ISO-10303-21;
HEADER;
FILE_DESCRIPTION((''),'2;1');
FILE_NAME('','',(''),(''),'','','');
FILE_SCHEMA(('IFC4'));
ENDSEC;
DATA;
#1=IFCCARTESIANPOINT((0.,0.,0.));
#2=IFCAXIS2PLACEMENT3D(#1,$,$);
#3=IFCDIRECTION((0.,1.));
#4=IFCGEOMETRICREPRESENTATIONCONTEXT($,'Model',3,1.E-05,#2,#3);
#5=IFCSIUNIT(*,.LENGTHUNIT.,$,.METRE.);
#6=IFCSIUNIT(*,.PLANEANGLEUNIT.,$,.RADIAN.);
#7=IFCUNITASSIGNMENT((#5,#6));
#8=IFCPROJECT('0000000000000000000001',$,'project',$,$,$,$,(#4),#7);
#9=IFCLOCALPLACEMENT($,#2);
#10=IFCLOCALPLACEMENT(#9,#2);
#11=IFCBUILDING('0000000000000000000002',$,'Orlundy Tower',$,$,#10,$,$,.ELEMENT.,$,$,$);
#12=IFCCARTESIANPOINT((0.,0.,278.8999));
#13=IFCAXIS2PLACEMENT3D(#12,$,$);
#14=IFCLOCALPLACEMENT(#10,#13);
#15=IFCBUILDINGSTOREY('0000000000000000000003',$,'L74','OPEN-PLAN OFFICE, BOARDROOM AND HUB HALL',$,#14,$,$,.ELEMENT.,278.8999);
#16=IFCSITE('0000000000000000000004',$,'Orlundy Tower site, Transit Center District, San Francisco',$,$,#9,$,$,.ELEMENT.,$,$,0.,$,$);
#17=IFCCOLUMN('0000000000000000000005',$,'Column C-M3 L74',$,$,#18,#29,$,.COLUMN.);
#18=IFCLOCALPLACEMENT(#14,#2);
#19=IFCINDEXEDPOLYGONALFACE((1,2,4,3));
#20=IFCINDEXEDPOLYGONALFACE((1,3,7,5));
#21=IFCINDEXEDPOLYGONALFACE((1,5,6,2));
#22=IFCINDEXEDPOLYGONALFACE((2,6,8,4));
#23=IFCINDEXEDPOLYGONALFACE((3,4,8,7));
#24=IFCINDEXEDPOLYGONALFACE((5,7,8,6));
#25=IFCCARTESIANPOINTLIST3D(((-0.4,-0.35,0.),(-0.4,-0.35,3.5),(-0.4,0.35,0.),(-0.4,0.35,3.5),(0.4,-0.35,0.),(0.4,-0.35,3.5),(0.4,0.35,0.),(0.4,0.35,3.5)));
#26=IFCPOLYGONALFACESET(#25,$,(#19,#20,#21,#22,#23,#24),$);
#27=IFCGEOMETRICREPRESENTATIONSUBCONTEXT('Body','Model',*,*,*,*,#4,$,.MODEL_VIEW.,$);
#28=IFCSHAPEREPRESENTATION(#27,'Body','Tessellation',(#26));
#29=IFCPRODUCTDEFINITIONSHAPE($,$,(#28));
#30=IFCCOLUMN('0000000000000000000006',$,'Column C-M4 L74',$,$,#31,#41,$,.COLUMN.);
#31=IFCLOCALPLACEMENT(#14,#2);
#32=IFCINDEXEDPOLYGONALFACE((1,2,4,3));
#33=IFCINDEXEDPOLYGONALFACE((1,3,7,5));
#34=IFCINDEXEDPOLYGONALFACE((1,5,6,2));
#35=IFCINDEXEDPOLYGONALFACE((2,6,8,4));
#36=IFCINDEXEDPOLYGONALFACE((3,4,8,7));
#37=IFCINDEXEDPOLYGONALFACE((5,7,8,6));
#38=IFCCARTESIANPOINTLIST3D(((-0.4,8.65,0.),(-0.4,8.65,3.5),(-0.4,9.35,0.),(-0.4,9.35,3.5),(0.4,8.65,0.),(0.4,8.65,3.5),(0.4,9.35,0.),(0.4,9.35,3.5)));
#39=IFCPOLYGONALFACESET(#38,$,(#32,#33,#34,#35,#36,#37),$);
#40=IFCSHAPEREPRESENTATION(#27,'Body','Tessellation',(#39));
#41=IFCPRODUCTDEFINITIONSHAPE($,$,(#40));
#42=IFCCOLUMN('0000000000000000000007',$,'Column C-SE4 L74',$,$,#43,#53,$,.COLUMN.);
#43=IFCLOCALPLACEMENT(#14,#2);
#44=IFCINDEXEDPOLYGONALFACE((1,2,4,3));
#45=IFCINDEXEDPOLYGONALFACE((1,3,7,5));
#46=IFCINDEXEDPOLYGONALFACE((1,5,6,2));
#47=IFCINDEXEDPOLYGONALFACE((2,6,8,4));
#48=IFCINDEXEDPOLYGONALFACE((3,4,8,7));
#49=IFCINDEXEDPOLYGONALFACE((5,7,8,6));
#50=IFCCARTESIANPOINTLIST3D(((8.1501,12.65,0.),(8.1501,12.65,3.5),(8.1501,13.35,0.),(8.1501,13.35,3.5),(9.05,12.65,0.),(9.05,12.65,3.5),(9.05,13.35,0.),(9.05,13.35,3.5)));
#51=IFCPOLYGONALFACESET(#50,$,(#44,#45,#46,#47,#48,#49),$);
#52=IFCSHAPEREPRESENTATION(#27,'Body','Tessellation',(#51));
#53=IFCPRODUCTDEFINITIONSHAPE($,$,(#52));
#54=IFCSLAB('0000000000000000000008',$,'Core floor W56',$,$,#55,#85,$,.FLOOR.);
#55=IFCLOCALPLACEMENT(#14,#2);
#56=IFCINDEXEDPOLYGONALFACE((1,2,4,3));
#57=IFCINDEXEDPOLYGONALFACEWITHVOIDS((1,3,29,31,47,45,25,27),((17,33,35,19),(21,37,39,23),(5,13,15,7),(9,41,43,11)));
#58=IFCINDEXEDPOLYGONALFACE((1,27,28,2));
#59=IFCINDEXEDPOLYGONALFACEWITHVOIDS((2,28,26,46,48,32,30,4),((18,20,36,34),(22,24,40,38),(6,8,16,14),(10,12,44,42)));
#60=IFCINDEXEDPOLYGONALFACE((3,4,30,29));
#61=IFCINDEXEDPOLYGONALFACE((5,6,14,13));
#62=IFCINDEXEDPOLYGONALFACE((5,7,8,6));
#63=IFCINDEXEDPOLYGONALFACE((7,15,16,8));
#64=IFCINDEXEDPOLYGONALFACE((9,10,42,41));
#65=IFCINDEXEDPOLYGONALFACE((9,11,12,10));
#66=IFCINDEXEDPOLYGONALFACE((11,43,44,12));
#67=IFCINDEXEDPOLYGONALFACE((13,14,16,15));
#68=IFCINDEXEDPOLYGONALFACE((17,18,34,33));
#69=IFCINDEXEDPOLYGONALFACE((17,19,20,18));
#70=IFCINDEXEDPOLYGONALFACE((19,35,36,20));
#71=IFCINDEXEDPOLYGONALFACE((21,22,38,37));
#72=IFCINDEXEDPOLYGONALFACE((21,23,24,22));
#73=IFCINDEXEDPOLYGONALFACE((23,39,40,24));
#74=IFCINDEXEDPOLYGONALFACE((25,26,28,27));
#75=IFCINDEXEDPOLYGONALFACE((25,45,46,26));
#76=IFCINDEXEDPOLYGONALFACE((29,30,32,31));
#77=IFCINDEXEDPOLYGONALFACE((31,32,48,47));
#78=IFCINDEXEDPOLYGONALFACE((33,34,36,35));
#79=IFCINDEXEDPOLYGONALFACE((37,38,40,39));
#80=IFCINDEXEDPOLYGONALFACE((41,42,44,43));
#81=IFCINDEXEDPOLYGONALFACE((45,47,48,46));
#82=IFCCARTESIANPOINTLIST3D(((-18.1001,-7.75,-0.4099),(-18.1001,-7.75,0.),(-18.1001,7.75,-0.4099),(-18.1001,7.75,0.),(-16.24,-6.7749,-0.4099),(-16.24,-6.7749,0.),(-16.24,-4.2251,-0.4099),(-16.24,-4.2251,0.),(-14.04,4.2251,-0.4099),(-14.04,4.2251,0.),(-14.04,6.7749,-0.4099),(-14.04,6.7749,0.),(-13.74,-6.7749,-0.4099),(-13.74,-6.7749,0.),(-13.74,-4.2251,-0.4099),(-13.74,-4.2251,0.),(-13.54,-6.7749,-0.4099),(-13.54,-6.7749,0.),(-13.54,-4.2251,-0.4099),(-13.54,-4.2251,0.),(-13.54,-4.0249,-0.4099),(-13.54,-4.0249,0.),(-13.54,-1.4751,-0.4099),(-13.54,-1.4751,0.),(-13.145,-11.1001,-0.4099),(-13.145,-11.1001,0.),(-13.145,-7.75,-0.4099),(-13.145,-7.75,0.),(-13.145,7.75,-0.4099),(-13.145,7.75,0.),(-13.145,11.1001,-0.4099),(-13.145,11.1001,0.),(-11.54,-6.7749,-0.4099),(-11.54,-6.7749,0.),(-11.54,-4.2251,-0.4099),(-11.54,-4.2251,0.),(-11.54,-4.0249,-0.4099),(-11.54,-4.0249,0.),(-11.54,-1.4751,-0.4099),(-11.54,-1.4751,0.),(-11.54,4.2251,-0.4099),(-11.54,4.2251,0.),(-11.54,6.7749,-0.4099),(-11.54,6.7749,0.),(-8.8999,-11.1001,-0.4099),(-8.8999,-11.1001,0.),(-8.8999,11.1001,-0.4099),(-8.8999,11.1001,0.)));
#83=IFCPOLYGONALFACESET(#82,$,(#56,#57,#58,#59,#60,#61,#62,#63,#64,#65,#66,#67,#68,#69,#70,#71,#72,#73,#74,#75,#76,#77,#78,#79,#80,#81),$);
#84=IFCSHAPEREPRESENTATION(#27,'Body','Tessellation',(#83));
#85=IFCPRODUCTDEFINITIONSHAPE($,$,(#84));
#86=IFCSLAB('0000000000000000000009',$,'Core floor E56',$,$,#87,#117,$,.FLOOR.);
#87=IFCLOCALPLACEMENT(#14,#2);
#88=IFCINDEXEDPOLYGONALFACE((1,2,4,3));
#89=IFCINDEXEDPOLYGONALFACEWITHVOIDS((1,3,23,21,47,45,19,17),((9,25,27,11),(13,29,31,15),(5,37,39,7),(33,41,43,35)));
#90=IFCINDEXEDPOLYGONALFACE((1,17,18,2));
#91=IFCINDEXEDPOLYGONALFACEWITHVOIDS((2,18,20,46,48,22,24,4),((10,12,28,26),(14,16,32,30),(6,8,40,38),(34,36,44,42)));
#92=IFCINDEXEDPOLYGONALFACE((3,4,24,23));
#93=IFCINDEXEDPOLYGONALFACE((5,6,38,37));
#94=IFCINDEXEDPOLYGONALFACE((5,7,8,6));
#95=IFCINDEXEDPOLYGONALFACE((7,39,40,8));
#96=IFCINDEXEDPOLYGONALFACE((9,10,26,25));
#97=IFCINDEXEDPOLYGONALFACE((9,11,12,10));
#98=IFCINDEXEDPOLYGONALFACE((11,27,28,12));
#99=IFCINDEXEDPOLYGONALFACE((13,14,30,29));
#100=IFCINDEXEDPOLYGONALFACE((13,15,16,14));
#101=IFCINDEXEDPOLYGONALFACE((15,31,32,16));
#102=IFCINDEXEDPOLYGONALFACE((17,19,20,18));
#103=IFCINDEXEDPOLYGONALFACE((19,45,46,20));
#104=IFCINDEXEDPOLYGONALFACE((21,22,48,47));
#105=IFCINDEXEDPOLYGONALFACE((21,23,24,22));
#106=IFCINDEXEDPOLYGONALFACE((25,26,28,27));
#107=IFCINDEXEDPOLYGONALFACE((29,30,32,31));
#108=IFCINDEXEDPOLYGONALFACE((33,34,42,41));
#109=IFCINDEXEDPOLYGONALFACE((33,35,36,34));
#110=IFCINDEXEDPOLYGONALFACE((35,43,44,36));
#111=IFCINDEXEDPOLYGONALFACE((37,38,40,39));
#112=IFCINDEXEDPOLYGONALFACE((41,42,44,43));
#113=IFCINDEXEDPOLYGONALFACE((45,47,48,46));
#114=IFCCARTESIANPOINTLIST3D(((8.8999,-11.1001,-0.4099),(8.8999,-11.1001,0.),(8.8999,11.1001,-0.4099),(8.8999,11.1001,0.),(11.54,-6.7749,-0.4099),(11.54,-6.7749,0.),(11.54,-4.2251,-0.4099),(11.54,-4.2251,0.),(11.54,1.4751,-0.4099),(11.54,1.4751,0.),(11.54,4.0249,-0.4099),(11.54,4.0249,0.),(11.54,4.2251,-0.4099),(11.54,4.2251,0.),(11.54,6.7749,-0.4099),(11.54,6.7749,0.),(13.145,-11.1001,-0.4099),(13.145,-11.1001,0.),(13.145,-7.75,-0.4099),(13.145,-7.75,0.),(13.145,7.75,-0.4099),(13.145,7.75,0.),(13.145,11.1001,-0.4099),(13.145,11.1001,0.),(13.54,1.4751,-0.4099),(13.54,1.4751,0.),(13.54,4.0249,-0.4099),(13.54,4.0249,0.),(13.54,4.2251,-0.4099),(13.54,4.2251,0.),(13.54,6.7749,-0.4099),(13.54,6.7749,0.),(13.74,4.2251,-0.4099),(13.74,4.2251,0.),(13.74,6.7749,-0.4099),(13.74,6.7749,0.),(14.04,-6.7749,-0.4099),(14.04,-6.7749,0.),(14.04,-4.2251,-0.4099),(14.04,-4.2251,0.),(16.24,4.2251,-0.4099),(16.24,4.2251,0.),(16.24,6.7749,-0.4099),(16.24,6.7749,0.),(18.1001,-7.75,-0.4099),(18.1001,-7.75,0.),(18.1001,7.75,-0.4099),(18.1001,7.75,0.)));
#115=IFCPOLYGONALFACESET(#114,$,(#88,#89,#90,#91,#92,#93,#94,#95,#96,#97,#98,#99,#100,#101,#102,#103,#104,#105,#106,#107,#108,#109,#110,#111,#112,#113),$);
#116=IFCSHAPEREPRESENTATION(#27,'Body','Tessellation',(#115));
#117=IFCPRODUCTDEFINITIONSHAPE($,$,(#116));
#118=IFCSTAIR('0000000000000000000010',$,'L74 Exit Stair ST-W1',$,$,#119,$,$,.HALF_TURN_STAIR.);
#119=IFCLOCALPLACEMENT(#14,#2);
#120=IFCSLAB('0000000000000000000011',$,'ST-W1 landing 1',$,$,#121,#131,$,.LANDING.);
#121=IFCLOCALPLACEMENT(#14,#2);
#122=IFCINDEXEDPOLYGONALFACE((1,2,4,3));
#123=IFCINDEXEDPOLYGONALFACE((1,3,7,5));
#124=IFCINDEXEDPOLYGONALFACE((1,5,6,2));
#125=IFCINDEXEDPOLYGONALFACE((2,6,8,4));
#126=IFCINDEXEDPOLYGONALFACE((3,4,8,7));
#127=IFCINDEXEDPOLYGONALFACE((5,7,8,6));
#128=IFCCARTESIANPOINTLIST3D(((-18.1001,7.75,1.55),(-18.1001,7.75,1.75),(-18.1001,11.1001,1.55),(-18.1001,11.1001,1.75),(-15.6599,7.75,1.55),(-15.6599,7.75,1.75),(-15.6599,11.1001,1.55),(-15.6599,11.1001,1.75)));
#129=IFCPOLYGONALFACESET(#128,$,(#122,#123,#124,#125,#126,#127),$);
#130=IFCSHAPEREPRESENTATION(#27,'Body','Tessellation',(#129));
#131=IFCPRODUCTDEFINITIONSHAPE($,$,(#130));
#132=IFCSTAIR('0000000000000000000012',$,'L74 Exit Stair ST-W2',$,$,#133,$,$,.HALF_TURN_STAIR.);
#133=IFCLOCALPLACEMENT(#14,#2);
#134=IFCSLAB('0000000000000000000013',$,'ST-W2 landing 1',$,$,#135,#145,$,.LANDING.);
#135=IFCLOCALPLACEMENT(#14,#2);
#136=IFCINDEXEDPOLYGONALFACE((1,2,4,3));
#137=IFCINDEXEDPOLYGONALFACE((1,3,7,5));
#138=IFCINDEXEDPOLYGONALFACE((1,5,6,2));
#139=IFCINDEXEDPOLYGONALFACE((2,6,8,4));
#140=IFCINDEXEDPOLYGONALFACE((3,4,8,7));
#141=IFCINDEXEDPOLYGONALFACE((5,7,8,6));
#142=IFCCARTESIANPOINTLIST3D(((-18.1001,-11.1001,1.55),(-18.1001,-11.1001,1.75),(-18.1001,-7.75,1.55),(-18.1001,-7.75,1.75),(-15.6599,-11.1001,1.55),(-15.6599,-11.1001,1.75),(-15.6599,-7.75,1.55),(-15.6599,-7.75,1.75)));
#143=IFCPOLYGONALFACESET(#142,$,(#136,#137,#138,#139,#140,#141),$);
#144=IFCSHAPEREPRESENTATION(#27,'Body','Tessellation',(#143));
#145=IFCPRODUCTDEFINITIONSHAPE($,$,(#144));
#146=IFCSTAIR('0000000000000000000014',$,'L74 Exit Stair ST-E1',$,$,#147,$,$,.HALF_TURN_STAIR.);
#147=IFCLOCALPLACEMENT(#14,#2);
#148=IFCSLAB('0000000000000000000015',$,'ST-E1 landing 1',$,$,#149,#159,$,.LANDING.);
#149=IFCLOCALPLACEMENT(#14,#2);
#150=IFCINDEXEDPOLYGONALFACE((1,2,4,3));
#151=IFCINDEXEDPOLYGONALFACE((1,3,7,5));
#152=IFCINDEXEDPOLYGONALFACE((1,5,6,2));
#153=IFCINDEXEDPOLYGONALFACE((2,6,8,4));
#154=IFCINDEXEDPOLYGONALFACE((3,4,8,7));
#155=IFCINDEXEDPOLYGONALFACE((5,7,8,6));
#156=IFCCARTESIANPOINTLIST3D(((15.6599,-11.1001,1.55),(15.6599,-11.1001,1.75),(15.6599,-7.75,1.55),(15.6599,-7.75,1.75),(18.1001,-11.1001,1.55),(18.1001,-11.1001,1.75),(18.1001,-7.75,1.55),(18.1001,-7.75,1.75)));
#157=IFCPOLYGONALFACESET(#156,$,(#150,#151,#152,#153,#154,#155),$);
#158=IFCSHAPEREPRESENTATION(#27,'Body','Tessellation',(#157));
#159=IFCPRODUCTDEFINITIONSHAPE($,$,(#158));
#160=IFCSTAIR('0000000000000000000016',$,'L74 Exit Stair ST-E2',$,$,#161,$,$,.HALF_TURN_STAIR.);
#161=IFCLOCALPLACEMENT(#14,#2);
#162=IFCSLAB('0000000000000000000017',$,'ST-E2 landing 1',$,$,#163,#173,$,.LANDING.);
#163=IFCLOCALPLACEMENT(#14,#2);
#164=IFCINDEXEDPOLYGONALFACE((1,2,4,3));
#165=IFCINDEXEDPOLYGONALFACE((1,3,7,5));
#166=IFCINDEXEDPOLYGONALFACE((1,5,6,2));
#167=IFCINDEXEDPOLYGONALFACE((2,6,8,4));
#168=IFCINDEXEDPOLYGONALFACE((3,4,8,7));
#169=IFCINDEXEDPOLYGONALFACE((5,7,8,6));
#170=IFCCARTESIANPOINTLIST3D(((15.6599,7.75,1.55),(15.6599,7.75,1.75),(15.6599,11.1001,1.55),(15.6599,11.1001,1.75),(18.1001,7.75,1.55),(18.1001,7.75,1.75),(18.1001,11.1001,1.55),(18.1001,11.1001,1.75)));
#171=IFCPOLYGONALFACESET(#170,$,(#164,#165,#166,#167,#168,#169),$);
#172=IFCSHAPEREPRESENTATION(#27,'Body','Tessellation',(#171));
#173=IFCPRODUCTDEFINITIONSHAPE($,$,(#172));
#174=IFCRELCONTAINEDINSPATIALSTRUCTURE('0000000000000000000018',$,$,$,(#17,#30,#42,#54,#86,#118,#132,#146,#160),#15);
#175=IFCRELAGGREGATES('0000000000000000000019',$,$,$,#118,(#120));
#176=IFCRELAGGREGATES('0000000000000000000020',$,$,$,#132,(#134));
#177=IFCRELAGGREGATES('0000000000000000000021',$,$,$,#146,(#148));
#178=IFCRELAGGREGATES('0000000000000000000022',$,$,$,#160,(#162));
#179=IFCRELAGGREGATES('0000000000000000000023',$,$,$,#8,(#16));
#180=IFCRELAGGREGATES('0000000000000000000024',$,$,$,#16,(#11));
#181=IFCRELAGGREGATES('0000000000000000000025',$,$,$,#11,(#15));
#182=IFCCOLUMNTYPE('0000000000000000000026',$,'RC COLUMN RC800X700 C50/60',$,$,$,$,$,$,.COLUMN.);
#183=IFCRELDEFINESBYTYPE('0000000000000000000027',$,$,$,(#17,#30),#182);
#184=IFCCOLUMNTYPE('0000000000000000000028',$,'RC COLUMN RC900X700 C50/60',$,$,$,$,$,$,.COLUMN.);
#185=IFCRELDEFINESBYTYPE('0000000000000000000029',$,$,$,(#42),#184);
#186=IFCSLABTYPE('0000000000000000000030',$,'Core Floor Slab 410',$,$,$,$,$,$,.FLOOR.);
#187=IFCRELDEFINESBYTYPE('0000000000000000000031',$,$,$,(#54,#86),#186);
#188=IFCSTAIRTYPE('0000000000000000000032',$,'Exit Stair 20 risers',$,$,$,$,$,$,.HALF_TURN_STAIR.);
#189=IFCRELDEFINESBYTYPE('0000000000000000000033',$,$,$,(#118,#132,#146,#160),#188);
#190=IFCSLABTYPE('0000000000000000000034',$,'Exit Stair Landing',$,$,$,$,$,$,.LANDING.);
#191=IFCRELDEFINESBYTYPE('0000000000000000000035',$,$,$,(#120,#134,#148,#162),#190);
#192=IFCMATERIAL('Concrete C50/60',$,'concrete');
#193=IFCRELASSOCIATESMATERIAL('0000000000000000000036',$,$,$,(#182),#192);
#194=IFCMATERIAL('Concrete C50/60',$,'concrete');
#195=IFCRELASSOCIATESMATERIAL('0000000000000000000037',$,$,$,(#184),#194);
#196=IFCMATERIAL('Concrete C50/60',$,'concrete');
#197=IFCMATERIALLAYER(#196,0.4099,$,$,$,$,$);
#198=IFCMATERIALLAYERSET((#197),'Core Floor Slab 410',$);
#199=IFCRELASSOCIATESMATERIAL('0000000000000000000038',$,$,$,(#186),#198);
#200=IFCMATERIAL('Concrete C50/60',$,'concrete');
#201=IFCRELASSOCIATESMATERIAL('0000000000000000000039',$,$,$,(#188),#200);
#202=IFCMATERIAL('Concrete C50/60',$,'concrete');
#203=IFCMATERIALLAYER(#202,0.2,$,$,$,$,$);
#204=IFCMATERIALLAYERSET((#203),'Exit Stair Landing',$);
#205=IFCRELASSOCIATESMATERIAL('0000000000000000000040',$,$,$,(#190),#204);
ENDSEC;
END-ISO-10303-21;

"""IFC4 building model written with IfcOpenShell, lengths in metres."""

from ifc_helpers import new_model, si_unit, direction, frame, origin, origin_2d, place, context, subcontext, project, spatial, polyline, rectangle, outline, extrude, material, layer, layer_set, material_profile, profile_set, type_object, element, aggregate, save


model = new_model("IFC4")

# Units and contexts
model_context = context("Model", 3, precision=1e-05, world=origin(), true_north=direction((0.0, 1.0)))
body_context = subcontext(model_context, "Body", "Model", "MODEL_VIEW")
ifc_project = project(units=[si_unit("LENGTHUNIT", "METRE"), si_unit("PLANEANGLEUNIT", "RADIAN")], contexts=[model_context])

# Site, building, storey
site_placement = place(None, origin())
site = spatial("IfcSite", under=ifc_project, at=site_placement, Name="Orlundy Tower site, Transit Center District, San Francisco", CompositionType="ELEMENT", RefElevation=0.0)
building_placement = place(site_placement, origin())
building = spatial("IfcBuilding", under=site, at=building_placement, Name="Orlundy Tower", CompositionType="ELEMENT")
storey_placement = place(building_placement, frame((0.0, 0.0, 278.8999)))
storey = spatial("IfcBuildingStorey", under=building, at=storey_placement, Name="L74", Description="OPEN-PLAN OFFICE, BOARDROOM AND HUB HALL", CompositionType="ELEMENT", Elevation=278.8999)

# Columns
ifc_material_1 = material(Name="Concrete C50/60", Category="concrete")
ifc_material_profile_1 = material_profile(ifc_material_1, rectangle(XDim=0.8, YDim=0.7, at=origin_2d()), Name="RC800X700")
ifc_profile_set_1 = profile_set([ifc_material_profile_1], Name="Concrete C50/60")
column_type_1 = type_object("IfcColumnType", Name="RC COLUMN RC800X700 C50/60", PredefinedType="COLUMN", material=ifc_profile_set_1)
for number, where, z_axis, x_axis, name in (
    (1, (0.0, 0.0, 0.0), (0.0, 0.0, 1.0), (1.0, 0.0, 0.0), "Column C-M3 L74"),
    (2, (0.0, 9.0, 0.0), (0.0, 0.0, 1.0), (1.0, 0.0, 0.0), "Column C-M4 L74"),
):
    element("IfcColumn", number, at=place(storey_placement, frame(where, z_axis=z_axis, x_axis=x_axis)), inside=storey, type_object=column_type_1, Name=name, PredefinedType="COLUMN", context=body_context, shape_type="SweptSolid", body=[
        extrude(rectangle(XDim=0.8, YDim=0.7, at=origin_2d()), origin(), (0.0, 0.0, 1.0), 3.5),
    ])
ifc_material_2 = material(Name="Concrete C50/60", Category="concrete")
ifc_material_profile_2 = material_profile(ifc_material_2, rectangle(XDim=0.8999, YDim=0.7, at=origin_2d()), Name="RC900X700")
ifc_profile_set_2 = profile_set([ifc_material_profile_2], Name="Concrete C50/60")
column_type_2 = type_object("IfcColumnType", Name="RC COLUMN RC900X700 C50/60", PredefinedType="COLUMN", material=ifc_profile_set_2)
column_placement = place(storey_placement, frame((8.6001, 13.0, 0.0), z_axis=(0.0, 0.0, 1.0), x_axis=(1.0, 0.0, 0.0)))
element("IfcColumn", 3, at=column_placement, inside=storey, type_object=column_type_2, Name="Column C-SE4 L74", PredefinedType="COLUMN", context=body_context, shape_type="SweptSolid", body=[
    extrude(rectangle(XDim=0.8999, YDim=0.7, at=origin_2d()), origin(), (0.0, 0.0, 1.0), 3.5),
])

# Slabs
ifc_material_3 = material(Name="Concrete C50/60", Category="concrete")
ifc_layer_1 = layer(ifc_material_3, 0.4099)
ifc_layer_set_1 = layer_set([ifc_layer_1], Name="Core Floor Slab 410")
slab_type_1 = type_object("IfcSlabType", Name="Core Floor Slab 410", PredefinedType="FLOOR", material=ifc_layer_set_1)
slab_1_placement = place(storey_placement, frame((0.0, 0.0, -0.4099)))
element("IfcSlab", 4, at=slab_1_placement, inside=storey, type_object=slab_type_1, Name="Core floor W56", PredefinedType="FLOOR", context=body_context, shape_type="SweptSolid", body=[
    extrude(outline(polyline([(-18.1001, 7.75), (-13.145, 7.75), (-13.145, 11.1001), (-8.8999, 11.1001), (-8.8999, -11.1001), (-13.145, -11.1001), (-13.145, -7.75), (-18.1001, -7.75), (-18.1001, 7.75)]), holes=[polyline([(-13.54, -4.2251), (-13.54, -6.7749), (-11.54, -6.7749), (-11.54, -4.2251), (-13.54, -4.2251)]), polyline([(-13.74, -4.2251), (-16.24, -4.2251), (-16.24, -6.7749), (-13.74, -6.7749), (-13.74, -4.2251)]), polyline([(-11.54, -4.0249), (-11.54, -1.4751), (-13.54, -1.4751), (-13.54, -4.0249), (-11.54, -4.0249)]), polyline([(-14.04, 4.2251), (-11.54, 4.2251), (-11.54, 6.7749), (-14.04, 6.7749), (-14.04, 4.2251)])]), origin(), (0.0, 0.0, 1.0), 0.4099),
])
slab_2_placement = place(storey_placement, frame((0.0, 0.0, -0.4099)))
element("IfcSlab", 5, at=slab_2_placement, inside=storey, type_object=slab_type_1, Name="Core floor E56", PredefinedType="FLOOR", context=body_context, shape_type="SweptSolid", body=[
    extrude(outline(polyline([(18.1001, -7.75), (13.145, -7.75), (13.145, -11.1001), (8.8999, -11.1001), (8.8999, 11.1001), (13.145, 11.1001), (13.145, 7.75), (18.1001, 7.75), (18.1001, -7.75)]), holes=[polyline([(13.54, 4.2251), (13.54, 6.7749), (11.54, 6.7749), (11.54, 4.2251), (13.54, 4.2251)]), polyline([(13.74, 4.2251), (16.24, 4.2251), (16.24, 6.7749), (13.74, 6.7749), (13.74, 4.2251)]), polyline([(11.54, 4.0249), (11.54, 1.4751), (13.54, 1.4751), (13.54, 4.0249), (11.54, 4.0249)]), polyline([(14.04, -4.2251), (11.54, -4.2251), (11.54, -6.7749), (14.04, -6.7749), (14.04, -4.2251)])]), origin(), (0.0, 0.0, 1.0), 0.4099),
])

# Stairs, slabs
ifc_material_4 = material(Name="Concrete C50/60", Category="concrete")
stair_type = type_object("IfcStairType", Name="Exit Stair 20 risers", PredefinedType="HALF_TURN_STAIR", material=ifc_material_4)
stair_1_placement = place(storey_placement, origin())
stair_1 = element("IfcStair", 6, at=stair_1_placement, inside=storey, type_object=stair_type, Name="L74 Exit Stair ST-W1", PredefinedType="HALF_TURN_STAIR")
ifc_material_5 = material(Name="Concrete C50/60", Category="concrete")
ifc_layer_2 = layer(ifc_material_5, 0.2)
ifc_layer_set_2 = layer_set([ifc_layer_2], Name="Exit Stair Landing")
slab_type_2 = type_object("IfcSlabType", Name="Exit Stair Landing", PredefinedType="LANDING", material=ifc_layer_set_2)
slab_3_placement = place(storey_placement, frame((0.0, 0.0, 1.55)))
slab_3 = element("IfcSlab", 7, at=slab_3_placement, type_object=slab_type_2, Name="ST-W1 landing 1", PredefinedType="LANDING", context=body_context, shape_type="SweptSolid", body=[
    extrude(outline(polyline([(-15.6599, 11.1001), (-18.1001, 11.1001), (-18.1001, 7.75), (-15.6599, 7.75), (-15.6599, 11.1001)])), origin(), (0.0, 0.0, 1.0), 0.2),
])
aggregate(stair_1, [slab_3])
stair_2_placement = place(storey_placement, origin())
stair_2 = element("IfcStair", 8, at=stair_2_placement, inside=storey, type_object=stair_type, Name="L74 Exit Stair ST-W2", PredefinedType="HALF_TURN_STAIR")
slab_4_placement = place(storey_placement, frame((0.0, 0.0, 1.55)))
slab_4 = element("IfcSlab", 9, at=slab_4_placement, type_object=slab_type_2, Name="ST-W2 landing 1", PredefinedType="LANDING", context=body_context, shape_type="SweptSolid", body=[
    extrude(outline(polyline([(-15.6599, -7.75), (-18.1001, -7.75), (-18.1001, -11.1001), (-15.6599, -11.1001), (-15.6599, -7.75)])), origin(), (0.0, 0.0, 1.0), 0.2),
])
aggregate(stair_2, [slab_4])
stair_3_placement = place(storey_placement, origin())
stair_3 = element("IfcStair", 10, at=stair_3_placement, inside=storey, type_object=stair_type, Name="L74 Exit Stair ST-E1", PredefinedType="HALF_TURN_STAIR")
slab_5_placement = place(storey_placement, frame((0.0, 0.0, 1.55)))
slab_5 = element("IfcSlab", 11, at=slab_5_placement, type_object=slab_type_2, Name="ST-E1 landing 1", PredefinedType="LANDING", context=body_context, shape_type="SweptSolid", body=[
    extrude(outline(polyline([(15.6599, -11.1001), (18.1001, -11.1001), (18.1001, -7.75), (15.6599, -7.75), (15.6599, -11.1001)])), origin(), (0.0, 0.0, 1.0), 0.2),
])
aggregate(stair_3, [slab_5])
stair_4_placement = place(storey_placement, origin())
stair_4 = element("IfcStair", 12, at=stair_4_placement, inside=storey, type_object=stair_type, Name="L74 Exit Stair ST-E2", PredefinedType="HALF_TURN_STAIR")
slab_6_placement = place(storey_placement, frame((0.0, 0.0, 1.55)))
slab_6 = element("IfcSlab", 13, at=slab_6_placement, type_object=slab_type_2, Name="ST-E2 landing 1", PredefinedType="LANDING", context=body_context, shape_type="SweptSolid", body=[
    extrude(outline(polyline([(15.6599, 7.75), (18.1001, 7.75), (18.1001, 11.1001), (15.6599, 11.1001), (15.6599, 7.75)])), origin(), (0.0, 0.0, 1.0), 0.2),
])
aggregate(stair_4, [slab_6])

save(model, "model.ifc")
